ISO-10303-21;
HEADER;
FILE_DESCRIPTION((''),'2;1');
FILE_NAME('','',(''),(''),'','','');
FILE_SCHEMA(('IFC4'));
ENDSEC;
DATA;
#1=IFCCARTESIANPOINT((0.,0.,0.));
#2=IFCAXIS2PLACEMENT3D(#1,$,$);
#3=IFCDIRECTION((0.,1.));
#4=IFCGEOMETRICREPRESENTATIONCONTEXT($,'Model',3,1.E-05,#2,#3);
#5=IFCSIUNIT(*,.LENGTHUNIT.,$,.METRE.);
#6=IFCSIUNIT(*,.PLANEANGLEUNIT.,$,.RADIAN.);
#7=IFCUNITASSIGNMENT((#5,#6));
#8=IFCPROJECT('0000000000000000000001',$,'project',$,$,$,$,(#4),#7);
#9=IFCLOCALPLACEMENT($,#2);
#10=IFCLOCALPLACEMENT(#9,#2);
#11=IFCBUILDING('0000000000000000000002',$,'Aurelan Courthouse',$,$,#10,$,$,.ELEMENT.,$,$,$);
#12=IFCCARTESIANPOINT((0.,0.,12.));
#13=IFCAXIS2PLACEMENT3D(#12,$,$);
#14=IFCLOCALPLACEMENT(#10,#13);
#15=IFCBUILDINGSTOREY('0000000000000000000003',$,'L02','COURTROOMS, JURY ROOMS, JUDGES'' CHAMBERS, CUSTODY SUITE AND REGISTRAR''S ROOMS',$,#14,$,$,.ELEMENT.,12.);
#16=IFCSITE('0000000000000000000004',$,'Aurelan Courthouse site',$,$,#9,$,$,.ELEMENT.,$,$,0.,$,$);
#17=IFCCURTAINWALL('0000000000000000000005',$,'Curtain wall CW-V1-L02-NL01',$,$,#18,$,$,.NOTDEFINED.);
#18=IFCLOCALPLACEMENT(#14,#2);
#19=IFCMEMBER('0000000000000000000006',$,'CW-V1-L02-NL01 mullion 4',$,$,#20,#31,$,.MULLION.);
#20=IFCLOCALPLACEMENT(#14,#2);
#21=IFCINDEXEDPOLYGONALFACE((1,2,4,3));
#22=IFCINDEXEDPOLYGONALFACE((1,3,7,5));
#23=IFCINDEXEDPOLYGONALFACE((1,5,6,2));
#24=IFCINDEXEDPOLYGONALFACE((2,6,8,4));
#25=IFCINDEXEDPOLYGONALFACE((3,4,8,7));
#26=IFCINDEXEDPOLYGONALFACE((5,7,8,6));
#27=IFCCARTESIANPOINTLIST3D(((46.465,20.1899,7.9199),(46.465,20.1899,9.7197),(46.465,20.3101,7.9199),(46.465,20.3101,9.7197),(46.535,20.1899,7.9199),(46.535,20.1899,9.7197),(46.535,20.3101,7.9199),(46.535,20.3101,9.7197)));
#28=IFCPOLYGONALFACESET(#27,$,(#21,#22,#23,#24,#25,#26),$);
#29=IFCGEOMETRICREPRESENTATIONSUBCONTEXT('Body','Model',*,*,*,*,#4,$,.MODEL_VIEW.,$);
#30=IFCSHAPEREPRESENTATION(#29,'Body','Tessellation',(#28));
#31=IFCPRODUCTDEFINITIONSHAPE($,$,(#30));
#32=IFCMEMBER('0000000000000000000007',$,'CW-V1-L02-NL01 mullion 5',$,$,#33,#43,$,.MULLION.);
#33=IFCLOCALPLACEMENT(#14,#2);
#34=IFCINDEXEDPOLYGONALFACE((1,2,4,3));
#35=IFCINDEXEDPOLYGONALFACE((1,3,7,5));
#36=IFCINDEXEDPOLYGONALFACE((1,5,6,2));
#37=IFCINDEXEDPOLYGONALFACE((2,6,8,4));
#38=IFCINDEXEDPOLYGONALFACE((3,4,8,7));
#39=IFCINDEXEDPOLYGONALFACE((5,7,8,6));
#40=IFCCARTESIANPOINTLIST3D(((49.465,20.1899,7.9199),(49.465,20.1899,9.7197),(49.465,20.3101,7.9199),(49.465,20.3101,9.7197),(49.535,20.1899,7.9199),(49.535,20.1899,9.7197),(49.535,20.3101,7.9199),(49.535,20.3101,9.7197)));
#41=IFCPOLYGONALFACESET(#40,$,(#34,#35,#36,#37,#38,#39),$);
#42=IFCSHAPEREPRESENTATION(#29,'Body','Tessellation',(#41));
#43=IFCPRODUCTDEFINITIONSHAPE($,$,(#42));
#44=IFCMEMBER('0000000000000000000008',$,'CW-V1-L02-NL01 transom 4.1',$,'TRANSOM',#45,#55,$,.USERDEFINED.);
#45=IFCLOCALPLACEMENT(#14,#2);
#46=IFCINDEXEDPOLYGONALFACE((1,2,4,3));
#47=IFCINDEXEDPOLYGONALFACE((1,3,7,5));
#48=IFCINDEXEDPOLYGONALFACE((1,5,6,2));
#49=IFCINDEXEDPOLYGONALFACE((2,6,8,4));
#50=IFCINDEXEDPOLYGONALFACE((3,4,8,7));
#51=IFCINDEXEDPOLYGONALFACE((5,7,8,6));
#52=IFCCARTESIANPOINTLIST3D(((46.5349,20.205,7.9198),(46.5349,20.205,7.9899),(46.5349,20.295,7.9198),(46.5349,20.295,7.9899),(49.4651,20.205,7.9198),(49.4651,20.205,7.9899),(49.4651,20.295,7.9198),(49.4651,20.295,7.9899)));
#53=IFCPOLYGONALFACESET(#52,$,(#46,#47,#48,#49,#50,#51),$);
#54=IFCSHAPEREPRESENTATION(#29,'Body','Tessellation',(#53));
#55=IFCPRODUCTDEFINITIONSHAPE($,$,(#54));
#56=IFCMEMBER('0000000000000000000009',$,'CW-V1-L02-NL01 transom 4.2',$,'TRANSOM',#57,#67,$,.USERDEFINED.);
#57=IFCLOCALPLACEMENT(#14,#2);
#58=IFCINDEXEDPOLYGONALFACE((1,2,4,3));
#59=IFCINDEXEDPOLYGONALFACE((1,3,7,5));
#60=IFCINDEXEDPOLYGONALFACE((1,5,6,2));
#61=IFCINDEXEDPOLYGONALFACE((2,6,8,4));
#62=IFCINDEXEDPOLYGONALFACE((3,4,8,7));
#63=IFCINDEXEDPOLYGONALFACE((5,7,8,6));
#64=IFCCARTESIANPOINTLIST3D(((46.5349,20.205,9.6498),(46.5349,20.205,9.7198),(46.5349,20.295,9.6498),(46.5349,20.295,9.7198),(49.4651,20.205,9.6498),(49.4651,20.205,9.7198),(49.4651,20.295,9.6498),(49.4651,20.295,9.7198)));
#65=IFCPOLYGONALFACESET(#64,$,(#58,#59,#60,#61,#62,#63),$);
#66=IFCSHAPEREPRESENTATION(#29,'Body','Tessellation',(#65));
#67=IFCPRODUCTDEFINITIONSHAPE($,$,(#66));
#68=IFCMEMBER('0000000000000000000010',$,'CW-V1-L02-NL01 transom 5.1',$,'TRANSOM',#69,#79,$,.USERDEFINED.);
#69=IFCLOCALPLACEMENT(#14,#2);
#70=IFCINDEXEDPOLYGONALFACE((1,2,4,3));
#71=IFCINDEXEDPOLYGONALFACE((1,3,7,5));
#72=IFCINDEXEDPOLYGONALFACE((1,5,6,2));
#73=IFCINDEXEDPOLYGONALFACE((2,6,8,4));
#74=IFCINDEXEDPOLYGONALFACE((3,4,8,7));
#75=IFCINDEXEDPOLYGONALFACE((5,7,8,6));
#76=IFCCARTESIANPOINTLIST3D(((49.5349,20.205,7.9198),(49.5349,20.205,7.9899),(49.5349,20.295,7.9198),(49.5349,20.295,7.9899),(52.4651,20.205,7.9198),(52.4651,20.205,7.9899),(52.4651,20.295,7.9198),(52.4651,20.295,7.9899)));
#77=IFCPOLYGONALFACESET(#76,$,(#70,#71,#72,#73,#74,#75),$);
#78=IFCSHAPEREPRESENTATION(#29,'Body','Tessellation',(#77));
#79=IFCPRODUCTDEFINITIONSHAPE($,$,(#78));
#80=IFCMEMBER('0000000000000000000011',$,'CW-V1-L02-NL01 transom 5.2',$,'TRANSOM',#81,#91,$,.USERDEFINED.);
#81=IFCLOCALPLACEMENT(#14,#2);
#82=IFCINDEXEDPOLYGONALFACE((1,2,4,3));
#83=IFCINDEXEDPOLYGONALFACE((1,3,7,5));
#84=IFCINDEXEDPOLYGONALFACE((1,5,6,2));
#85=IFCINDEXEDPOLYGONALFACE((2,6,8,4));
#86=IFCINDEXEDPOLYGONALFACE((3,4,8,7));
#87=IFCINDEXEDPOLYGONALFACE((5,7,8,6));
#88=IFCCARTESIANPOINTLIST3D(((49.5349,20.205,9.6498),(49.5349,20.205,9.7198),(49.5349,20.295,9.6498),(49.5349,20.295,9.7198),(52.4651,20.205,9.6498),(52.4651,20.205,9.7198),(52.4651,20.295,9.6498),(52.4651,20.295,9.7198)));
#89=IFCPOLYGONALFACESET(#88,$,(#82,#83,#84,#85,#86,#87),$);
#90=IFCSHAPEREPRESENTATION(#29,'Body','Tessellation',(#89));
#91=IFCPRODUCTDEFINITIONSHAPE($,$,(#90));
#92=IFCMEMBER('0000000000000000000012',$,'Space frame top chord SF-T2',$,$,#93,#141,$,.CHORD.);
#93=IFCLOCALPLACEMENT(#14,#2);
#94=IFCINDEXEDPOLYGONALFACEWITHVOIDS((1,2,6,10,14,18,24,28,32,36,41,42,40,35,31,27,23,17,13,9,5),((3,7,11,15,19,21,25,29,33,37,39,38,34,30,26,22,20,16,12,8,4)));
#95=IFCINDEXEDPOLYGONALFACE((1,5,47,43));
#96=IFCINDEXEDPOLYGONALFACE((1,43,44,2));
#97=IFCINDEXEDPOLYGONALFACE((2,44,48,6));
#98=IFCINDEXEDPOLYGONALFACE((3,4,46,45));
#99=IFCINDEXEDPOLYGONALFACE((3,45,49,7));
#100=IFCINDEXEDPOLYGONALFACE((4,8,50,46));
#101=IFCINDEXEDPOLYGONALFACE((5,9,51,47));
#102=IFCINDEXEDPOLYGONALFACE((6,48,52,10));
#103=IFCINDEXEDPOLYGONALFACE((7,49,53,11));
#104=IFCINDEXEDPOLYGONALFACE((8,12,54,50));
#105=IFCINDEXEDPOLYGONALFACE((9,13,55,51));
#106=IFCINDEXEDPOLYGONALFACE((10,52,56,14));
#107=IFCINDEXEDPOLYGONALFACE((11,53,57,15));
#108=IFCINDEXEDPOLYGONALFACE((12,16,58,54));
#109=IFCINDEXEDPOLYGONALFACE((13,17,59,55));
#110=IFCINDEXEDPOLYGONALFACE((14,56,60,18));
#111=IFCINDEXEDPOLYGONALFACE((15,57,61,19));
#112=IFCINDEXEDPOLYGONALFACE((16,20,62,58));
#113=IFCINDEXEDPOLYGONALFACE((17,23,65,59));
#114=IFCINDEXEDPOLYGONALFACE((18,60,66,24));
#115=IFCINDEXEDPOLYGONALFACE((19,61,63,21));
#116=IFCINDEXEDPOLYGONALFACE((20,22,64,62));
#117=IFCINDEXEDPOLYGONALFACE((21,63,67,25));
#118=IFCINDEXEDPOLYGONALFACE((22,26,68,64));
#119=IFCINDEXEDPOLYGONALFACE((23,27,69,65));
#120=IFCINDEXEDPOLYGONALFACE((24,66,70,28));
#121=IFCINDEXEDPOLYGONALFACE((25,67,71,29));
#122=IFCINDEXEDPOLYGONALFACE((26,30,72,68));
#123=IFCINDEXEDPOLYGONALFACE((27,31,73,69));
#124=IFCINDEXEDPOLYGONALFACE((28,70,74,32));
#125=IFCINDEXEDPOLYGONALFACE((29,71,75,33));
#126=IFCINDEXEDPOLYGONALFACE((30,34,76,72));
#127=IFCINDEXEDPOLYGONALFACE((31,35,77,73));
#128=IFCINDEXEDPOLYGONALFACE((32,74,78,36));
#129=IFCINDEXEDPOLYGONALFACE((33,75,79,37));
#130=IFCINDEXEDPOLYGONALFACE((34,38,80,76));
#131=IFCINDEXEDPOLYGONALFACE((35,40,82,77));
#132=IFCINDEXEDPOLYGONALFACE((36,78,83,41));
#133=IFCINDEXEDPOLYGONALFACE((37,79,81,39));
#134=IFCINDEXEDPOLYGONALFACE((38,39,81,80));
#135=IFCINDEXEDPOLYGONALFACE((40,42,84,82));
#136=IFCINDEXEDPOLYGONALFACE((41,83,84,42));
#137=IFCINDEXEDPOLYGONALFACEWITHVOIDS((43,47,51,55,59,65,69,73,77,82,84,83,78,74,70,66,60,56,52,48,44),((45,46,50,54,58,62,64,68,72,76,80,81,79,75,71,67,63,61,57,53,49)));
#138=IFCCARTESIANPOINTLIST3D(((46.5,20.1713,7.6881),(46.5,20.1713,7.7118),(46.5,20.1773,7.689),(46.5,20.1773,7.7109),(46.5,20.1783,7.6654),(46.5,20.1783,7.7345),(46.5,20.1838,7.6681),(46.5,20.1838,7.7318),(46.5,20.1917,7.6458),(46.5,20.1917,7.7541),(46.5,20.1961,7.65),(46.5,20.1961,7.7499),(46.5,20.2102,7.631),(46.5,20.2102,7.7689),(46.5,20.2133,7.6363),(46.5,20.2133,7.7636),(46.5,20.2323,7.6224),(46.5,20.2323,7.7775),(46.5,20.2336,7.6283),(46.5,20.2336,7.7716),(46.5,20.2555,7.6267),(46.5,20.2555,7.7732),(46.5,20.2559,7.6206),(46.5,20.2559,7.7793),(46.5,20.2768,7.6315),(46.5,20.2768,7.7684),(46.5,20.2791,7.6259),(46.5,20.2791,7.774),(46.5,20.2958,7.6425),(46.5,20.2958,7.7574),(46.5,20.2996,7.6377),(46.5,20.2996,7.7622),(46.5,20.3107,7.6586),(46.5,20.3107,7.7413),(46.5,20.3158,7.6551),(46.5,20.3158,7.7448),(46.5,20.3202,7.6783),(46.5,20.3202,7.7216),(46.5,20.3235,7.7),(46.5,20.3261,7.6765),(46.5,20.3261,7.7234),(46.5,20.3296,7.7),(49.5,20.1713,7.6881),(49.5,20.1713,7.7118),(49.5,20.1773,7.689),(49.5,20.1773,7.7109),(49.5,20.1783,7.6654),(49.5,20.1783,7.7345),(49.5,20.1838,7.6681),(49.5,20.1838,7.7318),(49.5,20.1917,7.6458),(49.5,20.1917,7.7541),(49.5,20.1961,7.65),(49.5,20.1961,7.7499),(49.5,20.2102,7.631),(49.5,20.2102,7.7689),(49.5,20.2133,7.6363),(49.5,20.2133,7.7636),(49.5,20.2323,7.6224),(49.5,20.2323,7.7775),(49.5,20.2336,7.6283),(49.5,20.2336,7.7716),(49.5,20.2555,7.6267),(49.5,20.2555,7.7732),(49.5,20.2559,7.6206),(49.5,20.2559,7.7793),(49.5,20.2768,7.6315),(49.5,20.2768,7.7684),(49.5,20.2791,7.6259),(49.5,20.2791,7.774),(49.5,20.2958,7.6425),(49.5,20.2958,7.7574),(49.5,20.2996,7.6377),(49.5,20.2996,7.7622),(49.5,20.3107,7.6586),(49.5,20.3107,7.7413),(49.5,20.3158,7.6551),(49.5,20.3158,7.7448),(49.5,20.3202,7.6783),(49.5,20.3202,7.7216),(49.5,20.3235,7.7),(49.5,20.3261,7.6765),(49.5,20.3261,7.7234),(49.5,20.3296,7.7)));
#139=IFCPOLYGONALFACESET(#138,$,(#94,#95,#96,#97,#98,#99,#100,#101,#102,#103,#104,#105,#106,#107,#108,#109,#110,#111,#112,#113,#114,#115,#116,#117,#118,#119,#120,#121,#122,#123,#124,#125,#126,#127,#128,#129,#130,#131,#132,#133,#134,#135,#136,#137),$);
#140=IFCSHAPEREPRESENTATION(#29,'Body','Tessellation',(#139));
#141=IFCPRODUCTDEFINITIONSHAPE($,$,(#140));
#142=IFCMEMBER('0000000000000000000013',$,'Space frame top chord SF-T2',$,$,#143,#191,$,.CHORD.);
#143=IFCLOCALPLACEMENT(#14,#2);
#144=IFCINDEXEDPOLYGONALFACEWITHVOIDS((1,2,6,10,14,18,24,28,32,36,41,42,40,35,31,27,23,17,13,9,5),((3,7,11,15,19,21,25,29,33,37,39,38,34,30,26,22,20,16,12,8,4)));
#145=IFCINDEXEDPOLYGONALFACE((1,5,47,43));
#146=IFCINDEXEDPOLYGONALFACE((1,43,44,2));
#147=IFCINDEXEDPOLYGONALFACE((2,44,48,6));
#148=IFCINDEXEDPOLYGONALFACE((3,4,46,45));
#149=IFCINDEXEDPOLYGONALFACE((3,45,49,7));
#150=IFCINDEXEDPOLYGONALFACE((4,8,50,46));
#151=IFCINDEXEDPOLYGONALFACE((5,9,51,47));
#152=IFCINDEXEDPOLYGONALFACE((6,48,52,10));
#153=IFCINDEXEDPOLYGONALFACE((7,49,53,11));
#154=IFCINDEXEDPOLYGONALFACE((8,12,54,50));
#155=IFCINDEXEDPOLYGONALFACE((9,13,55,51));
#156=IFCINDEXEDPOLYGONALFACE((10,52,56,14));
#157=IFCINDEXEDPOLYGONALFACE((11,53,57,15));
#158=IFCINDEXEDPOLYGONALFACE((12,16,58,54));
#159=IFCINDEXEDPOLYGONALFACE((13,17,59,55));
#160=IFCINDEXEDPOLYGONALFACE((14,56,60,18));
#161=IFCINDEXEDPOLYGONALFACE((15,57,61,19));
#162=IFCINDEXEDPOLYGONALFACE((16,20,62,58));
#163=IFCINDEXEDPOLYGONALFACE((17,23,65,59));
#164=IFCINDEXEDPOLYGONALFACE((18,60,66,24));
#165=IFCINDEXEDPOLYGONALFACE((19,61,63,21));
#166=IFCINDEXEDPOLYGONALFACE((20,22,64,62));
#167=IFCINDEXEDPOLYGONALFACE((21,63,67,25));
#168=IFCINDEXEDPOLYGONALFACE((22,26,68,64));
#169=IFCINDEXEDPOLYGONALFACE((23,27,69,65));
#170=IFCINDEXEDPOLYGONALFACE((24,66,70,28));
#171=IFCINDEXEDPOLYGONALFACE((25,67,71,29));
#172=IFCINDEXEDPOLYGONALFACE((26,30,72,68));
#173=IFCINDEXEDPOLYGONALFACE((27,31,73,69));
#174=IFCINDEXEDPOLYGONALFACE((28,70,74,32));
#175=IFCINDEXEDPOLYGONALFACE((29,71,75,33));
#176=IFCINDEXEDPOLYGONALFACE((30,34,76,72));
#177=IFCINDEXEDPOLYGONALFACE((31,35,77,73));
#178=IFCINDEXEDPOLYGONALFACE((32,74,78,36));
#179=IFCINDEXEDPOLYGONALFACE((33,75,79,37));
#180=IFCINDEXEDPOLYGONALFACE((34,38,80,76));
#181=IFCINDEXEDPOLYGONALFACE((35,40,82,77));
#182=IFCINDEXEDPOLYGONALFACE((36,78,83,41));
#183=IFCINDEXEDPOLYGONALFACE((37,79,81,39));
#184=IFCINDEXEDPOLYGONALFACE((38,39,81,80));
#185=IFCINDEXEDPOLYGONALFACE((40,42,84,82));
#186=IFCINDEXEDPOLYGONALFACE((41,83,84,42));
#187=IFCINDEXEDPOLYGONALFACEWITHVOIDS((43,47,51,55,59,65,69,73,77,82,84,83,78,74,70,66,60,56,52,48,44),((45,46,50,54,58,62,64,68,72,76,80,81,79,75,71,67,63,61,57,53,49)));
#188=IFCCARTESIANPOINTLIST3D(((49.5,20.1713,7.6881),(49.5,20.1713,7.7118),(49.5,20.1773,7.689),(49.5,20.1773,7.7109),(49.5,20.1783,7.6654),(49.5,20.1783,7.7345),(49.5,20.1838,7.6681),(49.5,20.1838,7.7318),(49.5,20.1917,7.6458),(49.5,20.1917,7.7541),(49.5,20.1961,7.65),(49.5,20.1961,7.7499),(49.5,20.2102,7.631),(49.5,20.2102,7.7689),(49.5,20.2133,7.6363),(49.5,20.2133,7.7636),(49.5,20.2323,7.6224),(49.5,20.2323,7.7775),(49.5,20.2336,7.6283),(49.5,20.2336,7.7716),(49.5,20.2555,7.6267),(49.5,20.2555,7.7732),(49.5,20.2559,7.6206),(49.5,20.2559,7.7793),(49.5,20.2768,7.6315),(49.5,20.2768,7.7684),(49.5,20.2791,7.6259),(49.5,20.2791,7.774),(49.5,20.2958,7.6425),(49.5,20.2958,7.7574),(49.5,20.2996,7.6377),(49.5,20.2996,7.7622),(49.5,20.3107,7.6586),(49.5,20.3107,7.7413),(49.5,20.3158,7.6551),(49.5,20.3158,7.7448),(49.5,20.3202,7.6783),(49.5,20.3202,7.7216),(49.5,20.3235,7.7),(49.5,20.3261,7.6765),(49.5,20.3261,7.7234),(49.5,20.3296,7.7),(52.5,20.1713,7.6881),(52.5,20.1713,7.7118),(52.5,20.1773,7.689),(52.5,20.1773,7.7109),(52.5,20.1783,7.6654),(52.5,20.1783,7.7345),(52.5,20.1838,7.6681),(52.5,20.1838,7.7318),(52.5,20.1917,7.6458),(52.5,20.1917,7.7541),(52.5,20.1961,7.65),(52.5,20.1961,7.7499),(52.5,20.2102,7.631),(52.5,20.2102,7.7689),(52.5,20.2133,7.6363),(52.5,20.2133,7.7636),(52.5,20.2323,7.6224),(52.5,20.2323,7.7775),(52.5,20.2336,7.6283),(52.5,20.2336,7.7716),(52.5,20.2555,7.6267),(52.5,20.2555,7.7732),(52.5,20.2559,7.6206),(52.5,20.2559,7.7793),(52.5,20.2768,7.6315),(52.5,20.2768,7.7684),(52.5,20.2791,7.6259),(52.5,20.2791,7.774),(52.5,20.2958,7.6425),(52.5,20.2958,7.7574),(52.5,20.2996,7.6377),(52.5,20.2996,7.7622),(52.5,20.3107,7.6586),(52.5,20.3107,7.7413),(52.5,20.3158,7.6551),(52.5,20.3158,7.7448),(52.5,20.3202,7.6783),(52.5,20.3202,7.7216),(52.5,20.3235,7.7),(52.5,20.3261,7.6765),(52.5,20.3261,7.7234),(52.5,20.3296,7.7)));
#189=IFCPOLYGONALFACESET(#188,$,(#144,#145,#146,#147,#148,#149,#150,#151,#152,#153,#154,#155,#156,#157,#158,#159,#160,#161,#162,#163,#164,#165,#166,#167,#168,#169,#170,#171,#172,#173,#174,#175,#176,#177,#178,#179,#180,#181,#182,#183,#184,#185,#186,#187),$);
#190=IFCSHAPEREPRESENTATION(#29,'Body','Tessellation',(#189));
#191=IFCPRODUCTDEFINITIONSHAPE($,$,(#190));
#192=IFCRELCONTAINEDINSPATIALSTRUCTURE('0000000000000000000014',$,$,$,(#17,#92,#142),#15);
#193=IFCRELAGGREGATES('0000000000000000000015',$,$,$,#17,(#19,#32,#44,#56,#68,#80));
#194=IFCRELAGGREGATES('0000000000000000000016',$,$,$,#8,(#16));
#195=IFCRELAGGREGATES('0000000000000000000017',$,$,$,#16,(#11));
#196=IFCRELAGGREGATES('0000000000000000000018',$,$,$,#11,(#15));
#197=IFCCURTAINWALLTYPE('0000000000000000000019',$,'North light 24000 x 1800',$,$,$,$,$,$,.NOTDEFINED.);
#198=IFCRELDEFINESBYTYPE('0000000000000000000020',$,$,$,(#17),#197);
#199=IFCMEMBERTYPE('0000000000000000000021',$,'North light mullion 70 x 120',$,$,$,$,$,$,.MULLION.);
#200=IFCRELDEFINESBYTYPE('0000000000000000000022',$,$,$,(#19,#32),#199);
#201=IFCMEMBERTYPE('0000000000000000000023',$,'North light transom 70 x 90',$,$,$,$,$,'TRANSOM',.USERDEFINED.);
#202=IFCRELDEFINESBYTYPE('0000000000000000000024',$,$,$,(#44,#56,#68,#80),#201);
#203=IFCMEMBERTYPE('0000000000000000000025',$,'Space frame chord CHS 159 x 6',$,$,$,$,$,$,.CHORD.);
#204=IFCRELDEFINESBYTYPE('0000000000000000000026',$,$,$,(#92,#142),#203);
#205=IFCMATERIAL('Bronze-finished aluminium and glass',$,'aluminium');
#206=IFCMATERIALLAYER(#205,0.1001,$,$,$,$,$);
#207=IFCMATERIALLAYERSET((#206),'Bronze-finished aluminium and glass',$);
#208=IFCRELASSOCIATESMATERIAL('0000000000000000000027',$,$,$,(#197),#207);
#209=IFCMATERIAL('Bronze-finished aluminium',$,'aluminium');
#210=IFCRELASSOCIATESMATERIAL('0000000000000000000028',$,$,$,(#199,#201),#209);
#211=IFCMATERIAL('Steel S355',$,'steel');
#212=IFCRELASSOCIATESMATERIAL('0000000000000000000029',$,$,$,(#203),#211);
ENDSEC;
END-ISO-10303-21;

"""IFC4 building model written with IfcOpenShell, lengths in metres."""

from ifc_helpers import new_model, si_unit, direction, frame, origin, origin_2d, place, context, subcontext, project, spatial, rectangle, hollow_circle, extrude, material, layer, layer_set, material_profile, profile_set, type_object, element, aggregate, save


model = new_model("IFC4")

# Units and contexts
model_context = context("Model", 3, precision=1e-05, world=origin(), true_north=direction((0.0, 1.0)))
body_context = subcontext(model_context, "Body", "Model", "MODEL_VIEW")
ifc_project = project(units=[si_unit("LENGTHUNIT", "METRE"), si_unit("PLANEANGLEUNIT", "RADIAN")], contexts=[model_context])

# Site, building, storey
site_placement = place(None, origin())
site = spatial("IfcSite", under=ifc_project, at=site_placement, Name="Aurelan Courthouse site", CompositionType="ELEMENT", RefElevation=0.0)
building_placement = place(site_placement, origin())
building = spatial("IfcBuilding", under=site, at=building_placement, Name="Aurelan Courthouse", CompositionType="ELEMENT")
storey_placement = place(building_placement, frame((0.0, 0.0, 12.0)))
storey = spatial("IfcBuildingStorey", under=building, at=storey_placement, Name="L02", Description="COURTROOMS, JURY ROOMS, JUDGES' CHAMBERS, CUSTODY SUITE AND REGISTRAR'S ROOMS", CompositionType="ELEMENT", Elevation=12.0)

# Curtain wall, members
ifc_material_1 = material(Name="Bronze-finished aluminium and glass", Category="aluminium")
ifc_layer_1 = layer(ifc_material_1, 0.1001)
ifc_layer_set_1 = layer_set([ifc_layer_1], Name="Bronze-finished aluminium and glass")
curtain_wall_type = type_object("IfcCurtainWallType", Name="North light 24000 x 1800", PredefinedType="NOTDEFINED", material=ifc_layer_set_1)
curtain_wall_placement = place(storey_placement, origin())
curtain_wall = element("IfcCurtainWall", 1, at=curtain_wall_placement, inside=storey, type_object=curtain_wall_type, Name="Curtain wall CW-V1-L02-NL01", PredefinedType="NOTDEFINED")
ifc_material_2 = material(Name="Bronze-finished aluminium", Category="aluminium")
ifc_material_profile_1 = material_profile(ifc_material_2, rectangle(XDim=0.1201, YDim=0.0701, at=origin_2d()), Name="North light mullion 70 x 120")
ifc_profile_set_1 = profile_set([ifc_material_profile_1], Name="Bronze-finished aluminium")
member_type_1 = type_object("IfcMemberType", Name="North light mullion 70 x 120", PredefinedType="MULLION", material=ifc_profile_set_1)
member_1_placement = place(storey_placement, frame((46.5, 20.25, 7.9199), z_axis=(0.0, 0.0, 1.0), x_axis=(0.0, 1.0, 0.0)))
member_1 = element("IfcMember", 2, at=member_1_placement, type_object=member_type_1, Name="CW-V1-L02-NL01 mullion 4", PredefinedType="MULLION", context=body_context, shape_type="SweptSolid", body=[
    extrude(rectangle(XDim=0.1201, YDim=0.0701, at=origin_2d()), origin(), (0.0, 0.0, 1.0), 1.7998),
])
member_2_placement = place(storey_placement, frame((49.5, 20.25, 7.9199), z_axis=(0.0, 0.0, 1.0), x_axis=(0.0, 1.0, 0.0)))
member_2 = element("IfcMember", 3, at=member_2_placement, type_object=member_type_1, Name="CW-V1-L02-NL01 mullion 5", PredefinedType="MULLION", context=body_context, shape_type="SweptSolid", body=[
    extrude(rectangle(XDim=0.1201, YDim=0.0701, at=origin_2d()), origin(), (0.0, 0.0, 1.0), 1.7998),
])
ifc_material_profile_2 = material_profile(ifc_material_2, rectangle(XDim=0.0901, YDim=0.0701, at=origin_2d()), Name="North light transom 70 x 90")
ifc_profile_set_2 = profile_set([ifc_material_profile_2], Name="Bronze-finished aluminium")
member_type_2 = type_object("IfcMemberType", Name="North light transom 70 x 90", ElementType="TRANSOM", PredefinedType="USERDEFINED", material=ifc_profile_set_2)
member_3_placement = place(storey_placement, frame((46.5349, 20.25, 7.9548), z_axis=(1.0, 0.0, 0.0), x_axis=(0.0, 1.0, 0.0)))
member_3 = element("IfcMember", 4, at=member_3_placement, type_object=member_type_2, Name="CW-V1-L02-NL01 transom 4.1", ObjectType="TRANSOM", PredefinedType="USERDEFINED", context=body_context, shape_type="SweptSolid", body=[
    extrude(rectangle(XDim=0.0901, YDim=0.0701, at=origin_2d()), origin(), (0.0, 0.0, 1.0), 2.9302),
])
member_4_placement = place(storey_placement, frame((46.5349, 20.25, 9.6848), z_axis=(1.0, 0.0, 0.0), x_axis=(0.0, 1.0, 0.0)))
member_4 = element("IfcMember", 5, at=member_4_placement, type_object=member_type_2, Name="CW-V1-L02-NL01 transom 4.2", ObjectType="TRANSOM", PredefinedType="USERDEFINED", context=body_context, shape_type="SweptSolid", body=[
    extrude(rectangle(XDim=0.0901, YDim=0.0701, at=origin_2d()), origin(), (0.0, 0.0, 1.0), 2.9302),
])
member_5_placement = place(storey_placement, frame((49.5349, 20.25, 7.9548), z_axis=(1.0, 0.0, 0.0), x_axis=(0.0, 1.0, 0.0)))
member_5 = element("IfcMember", 6, at=member_5_placement, type_object=member_type_2, Name="CW-V1-L02-NL01 transom 5.1", ObjectType="TRANSOM", PredefinedType="USERDEFINED", context=body_context, shape_type="SweptSolid", body=[
    extrude(rectangle(XDim=0.0901, YDim=0.0701, at=origin_2d()), origin(), (0.0, 0.0, 1.0), 2.9302),
])
member_6_placement = place(storey_placement, frame((49.5349, 20.25, 9.6848), z_axis=(1.0, 0.0, 0.0), x_axis=(0.0, 1.0, 0.0)))
member_6 = element("IfcMember", 7, at=member_6_placement, type_object=member_type_2, Name="CW-V1-L02-NL01 transom 5.2", ObjectType="TRANSOM", PredefinedType="USERDEFINED", context=body_context, shape_type="SweptSolid", body=[
    extrude(rectangle(XDim=0.0901, YDim=0.0701, at=origin_2d()), origin(), (0.0, 0.0, 1.0), 2.9302),
])

# Members
ifc_material_3 = material(Name="Steel S355", Category="steel")
ifc_material_profile_3 = material_profile(ifc_material_3, hollow_circle(Radius=0.0796, WallThickness=0.0061, at=origin_2d()), Name="CHS 159 x 6")
ifc_profile_set_3 = profile_set([ifc_material_profile_3], Name="Steel S355")
member_type_3 = type_object("IfcMemberType", Name="Space frame chord CHS 159 x 6", PredefinedType="CHORD", material=ifc_profile_set_3)
for number, where, z_axis, x_axis, name in (
    (8, (46.5, 20.25, 7.7), (1.0, 0.0, 0.0), (0.0, 1.0, 0.0), "Space frame top chord SF-T2"),
    (9, (49.5, 20.25, 7.7), (1.0, 0.0, 0.0), (0.0, 1.0, 0.0), "Space frame top chord SF-T2"),
):
    element("IfcMember", number, at=place(storey_placement, frame(where, z_axis=z_axis, x_axis=x_axis)), inside=storey, type_object=member_type_3, Name=name, PredefinedType="CHORD", context=body_context, shape_type="SweptSolid", body=[
        extrude(hollow_circle(Radius=0.0796, WallThickness=0.0061, at=origin_2d()), origin(), (0.0, 0.0, 1.0), 3.0),
    ])

aggregate(curtain_wall, [member_1, member_2, member_3, member_4, member_5, member_6])

save(model, "model.ifc")
